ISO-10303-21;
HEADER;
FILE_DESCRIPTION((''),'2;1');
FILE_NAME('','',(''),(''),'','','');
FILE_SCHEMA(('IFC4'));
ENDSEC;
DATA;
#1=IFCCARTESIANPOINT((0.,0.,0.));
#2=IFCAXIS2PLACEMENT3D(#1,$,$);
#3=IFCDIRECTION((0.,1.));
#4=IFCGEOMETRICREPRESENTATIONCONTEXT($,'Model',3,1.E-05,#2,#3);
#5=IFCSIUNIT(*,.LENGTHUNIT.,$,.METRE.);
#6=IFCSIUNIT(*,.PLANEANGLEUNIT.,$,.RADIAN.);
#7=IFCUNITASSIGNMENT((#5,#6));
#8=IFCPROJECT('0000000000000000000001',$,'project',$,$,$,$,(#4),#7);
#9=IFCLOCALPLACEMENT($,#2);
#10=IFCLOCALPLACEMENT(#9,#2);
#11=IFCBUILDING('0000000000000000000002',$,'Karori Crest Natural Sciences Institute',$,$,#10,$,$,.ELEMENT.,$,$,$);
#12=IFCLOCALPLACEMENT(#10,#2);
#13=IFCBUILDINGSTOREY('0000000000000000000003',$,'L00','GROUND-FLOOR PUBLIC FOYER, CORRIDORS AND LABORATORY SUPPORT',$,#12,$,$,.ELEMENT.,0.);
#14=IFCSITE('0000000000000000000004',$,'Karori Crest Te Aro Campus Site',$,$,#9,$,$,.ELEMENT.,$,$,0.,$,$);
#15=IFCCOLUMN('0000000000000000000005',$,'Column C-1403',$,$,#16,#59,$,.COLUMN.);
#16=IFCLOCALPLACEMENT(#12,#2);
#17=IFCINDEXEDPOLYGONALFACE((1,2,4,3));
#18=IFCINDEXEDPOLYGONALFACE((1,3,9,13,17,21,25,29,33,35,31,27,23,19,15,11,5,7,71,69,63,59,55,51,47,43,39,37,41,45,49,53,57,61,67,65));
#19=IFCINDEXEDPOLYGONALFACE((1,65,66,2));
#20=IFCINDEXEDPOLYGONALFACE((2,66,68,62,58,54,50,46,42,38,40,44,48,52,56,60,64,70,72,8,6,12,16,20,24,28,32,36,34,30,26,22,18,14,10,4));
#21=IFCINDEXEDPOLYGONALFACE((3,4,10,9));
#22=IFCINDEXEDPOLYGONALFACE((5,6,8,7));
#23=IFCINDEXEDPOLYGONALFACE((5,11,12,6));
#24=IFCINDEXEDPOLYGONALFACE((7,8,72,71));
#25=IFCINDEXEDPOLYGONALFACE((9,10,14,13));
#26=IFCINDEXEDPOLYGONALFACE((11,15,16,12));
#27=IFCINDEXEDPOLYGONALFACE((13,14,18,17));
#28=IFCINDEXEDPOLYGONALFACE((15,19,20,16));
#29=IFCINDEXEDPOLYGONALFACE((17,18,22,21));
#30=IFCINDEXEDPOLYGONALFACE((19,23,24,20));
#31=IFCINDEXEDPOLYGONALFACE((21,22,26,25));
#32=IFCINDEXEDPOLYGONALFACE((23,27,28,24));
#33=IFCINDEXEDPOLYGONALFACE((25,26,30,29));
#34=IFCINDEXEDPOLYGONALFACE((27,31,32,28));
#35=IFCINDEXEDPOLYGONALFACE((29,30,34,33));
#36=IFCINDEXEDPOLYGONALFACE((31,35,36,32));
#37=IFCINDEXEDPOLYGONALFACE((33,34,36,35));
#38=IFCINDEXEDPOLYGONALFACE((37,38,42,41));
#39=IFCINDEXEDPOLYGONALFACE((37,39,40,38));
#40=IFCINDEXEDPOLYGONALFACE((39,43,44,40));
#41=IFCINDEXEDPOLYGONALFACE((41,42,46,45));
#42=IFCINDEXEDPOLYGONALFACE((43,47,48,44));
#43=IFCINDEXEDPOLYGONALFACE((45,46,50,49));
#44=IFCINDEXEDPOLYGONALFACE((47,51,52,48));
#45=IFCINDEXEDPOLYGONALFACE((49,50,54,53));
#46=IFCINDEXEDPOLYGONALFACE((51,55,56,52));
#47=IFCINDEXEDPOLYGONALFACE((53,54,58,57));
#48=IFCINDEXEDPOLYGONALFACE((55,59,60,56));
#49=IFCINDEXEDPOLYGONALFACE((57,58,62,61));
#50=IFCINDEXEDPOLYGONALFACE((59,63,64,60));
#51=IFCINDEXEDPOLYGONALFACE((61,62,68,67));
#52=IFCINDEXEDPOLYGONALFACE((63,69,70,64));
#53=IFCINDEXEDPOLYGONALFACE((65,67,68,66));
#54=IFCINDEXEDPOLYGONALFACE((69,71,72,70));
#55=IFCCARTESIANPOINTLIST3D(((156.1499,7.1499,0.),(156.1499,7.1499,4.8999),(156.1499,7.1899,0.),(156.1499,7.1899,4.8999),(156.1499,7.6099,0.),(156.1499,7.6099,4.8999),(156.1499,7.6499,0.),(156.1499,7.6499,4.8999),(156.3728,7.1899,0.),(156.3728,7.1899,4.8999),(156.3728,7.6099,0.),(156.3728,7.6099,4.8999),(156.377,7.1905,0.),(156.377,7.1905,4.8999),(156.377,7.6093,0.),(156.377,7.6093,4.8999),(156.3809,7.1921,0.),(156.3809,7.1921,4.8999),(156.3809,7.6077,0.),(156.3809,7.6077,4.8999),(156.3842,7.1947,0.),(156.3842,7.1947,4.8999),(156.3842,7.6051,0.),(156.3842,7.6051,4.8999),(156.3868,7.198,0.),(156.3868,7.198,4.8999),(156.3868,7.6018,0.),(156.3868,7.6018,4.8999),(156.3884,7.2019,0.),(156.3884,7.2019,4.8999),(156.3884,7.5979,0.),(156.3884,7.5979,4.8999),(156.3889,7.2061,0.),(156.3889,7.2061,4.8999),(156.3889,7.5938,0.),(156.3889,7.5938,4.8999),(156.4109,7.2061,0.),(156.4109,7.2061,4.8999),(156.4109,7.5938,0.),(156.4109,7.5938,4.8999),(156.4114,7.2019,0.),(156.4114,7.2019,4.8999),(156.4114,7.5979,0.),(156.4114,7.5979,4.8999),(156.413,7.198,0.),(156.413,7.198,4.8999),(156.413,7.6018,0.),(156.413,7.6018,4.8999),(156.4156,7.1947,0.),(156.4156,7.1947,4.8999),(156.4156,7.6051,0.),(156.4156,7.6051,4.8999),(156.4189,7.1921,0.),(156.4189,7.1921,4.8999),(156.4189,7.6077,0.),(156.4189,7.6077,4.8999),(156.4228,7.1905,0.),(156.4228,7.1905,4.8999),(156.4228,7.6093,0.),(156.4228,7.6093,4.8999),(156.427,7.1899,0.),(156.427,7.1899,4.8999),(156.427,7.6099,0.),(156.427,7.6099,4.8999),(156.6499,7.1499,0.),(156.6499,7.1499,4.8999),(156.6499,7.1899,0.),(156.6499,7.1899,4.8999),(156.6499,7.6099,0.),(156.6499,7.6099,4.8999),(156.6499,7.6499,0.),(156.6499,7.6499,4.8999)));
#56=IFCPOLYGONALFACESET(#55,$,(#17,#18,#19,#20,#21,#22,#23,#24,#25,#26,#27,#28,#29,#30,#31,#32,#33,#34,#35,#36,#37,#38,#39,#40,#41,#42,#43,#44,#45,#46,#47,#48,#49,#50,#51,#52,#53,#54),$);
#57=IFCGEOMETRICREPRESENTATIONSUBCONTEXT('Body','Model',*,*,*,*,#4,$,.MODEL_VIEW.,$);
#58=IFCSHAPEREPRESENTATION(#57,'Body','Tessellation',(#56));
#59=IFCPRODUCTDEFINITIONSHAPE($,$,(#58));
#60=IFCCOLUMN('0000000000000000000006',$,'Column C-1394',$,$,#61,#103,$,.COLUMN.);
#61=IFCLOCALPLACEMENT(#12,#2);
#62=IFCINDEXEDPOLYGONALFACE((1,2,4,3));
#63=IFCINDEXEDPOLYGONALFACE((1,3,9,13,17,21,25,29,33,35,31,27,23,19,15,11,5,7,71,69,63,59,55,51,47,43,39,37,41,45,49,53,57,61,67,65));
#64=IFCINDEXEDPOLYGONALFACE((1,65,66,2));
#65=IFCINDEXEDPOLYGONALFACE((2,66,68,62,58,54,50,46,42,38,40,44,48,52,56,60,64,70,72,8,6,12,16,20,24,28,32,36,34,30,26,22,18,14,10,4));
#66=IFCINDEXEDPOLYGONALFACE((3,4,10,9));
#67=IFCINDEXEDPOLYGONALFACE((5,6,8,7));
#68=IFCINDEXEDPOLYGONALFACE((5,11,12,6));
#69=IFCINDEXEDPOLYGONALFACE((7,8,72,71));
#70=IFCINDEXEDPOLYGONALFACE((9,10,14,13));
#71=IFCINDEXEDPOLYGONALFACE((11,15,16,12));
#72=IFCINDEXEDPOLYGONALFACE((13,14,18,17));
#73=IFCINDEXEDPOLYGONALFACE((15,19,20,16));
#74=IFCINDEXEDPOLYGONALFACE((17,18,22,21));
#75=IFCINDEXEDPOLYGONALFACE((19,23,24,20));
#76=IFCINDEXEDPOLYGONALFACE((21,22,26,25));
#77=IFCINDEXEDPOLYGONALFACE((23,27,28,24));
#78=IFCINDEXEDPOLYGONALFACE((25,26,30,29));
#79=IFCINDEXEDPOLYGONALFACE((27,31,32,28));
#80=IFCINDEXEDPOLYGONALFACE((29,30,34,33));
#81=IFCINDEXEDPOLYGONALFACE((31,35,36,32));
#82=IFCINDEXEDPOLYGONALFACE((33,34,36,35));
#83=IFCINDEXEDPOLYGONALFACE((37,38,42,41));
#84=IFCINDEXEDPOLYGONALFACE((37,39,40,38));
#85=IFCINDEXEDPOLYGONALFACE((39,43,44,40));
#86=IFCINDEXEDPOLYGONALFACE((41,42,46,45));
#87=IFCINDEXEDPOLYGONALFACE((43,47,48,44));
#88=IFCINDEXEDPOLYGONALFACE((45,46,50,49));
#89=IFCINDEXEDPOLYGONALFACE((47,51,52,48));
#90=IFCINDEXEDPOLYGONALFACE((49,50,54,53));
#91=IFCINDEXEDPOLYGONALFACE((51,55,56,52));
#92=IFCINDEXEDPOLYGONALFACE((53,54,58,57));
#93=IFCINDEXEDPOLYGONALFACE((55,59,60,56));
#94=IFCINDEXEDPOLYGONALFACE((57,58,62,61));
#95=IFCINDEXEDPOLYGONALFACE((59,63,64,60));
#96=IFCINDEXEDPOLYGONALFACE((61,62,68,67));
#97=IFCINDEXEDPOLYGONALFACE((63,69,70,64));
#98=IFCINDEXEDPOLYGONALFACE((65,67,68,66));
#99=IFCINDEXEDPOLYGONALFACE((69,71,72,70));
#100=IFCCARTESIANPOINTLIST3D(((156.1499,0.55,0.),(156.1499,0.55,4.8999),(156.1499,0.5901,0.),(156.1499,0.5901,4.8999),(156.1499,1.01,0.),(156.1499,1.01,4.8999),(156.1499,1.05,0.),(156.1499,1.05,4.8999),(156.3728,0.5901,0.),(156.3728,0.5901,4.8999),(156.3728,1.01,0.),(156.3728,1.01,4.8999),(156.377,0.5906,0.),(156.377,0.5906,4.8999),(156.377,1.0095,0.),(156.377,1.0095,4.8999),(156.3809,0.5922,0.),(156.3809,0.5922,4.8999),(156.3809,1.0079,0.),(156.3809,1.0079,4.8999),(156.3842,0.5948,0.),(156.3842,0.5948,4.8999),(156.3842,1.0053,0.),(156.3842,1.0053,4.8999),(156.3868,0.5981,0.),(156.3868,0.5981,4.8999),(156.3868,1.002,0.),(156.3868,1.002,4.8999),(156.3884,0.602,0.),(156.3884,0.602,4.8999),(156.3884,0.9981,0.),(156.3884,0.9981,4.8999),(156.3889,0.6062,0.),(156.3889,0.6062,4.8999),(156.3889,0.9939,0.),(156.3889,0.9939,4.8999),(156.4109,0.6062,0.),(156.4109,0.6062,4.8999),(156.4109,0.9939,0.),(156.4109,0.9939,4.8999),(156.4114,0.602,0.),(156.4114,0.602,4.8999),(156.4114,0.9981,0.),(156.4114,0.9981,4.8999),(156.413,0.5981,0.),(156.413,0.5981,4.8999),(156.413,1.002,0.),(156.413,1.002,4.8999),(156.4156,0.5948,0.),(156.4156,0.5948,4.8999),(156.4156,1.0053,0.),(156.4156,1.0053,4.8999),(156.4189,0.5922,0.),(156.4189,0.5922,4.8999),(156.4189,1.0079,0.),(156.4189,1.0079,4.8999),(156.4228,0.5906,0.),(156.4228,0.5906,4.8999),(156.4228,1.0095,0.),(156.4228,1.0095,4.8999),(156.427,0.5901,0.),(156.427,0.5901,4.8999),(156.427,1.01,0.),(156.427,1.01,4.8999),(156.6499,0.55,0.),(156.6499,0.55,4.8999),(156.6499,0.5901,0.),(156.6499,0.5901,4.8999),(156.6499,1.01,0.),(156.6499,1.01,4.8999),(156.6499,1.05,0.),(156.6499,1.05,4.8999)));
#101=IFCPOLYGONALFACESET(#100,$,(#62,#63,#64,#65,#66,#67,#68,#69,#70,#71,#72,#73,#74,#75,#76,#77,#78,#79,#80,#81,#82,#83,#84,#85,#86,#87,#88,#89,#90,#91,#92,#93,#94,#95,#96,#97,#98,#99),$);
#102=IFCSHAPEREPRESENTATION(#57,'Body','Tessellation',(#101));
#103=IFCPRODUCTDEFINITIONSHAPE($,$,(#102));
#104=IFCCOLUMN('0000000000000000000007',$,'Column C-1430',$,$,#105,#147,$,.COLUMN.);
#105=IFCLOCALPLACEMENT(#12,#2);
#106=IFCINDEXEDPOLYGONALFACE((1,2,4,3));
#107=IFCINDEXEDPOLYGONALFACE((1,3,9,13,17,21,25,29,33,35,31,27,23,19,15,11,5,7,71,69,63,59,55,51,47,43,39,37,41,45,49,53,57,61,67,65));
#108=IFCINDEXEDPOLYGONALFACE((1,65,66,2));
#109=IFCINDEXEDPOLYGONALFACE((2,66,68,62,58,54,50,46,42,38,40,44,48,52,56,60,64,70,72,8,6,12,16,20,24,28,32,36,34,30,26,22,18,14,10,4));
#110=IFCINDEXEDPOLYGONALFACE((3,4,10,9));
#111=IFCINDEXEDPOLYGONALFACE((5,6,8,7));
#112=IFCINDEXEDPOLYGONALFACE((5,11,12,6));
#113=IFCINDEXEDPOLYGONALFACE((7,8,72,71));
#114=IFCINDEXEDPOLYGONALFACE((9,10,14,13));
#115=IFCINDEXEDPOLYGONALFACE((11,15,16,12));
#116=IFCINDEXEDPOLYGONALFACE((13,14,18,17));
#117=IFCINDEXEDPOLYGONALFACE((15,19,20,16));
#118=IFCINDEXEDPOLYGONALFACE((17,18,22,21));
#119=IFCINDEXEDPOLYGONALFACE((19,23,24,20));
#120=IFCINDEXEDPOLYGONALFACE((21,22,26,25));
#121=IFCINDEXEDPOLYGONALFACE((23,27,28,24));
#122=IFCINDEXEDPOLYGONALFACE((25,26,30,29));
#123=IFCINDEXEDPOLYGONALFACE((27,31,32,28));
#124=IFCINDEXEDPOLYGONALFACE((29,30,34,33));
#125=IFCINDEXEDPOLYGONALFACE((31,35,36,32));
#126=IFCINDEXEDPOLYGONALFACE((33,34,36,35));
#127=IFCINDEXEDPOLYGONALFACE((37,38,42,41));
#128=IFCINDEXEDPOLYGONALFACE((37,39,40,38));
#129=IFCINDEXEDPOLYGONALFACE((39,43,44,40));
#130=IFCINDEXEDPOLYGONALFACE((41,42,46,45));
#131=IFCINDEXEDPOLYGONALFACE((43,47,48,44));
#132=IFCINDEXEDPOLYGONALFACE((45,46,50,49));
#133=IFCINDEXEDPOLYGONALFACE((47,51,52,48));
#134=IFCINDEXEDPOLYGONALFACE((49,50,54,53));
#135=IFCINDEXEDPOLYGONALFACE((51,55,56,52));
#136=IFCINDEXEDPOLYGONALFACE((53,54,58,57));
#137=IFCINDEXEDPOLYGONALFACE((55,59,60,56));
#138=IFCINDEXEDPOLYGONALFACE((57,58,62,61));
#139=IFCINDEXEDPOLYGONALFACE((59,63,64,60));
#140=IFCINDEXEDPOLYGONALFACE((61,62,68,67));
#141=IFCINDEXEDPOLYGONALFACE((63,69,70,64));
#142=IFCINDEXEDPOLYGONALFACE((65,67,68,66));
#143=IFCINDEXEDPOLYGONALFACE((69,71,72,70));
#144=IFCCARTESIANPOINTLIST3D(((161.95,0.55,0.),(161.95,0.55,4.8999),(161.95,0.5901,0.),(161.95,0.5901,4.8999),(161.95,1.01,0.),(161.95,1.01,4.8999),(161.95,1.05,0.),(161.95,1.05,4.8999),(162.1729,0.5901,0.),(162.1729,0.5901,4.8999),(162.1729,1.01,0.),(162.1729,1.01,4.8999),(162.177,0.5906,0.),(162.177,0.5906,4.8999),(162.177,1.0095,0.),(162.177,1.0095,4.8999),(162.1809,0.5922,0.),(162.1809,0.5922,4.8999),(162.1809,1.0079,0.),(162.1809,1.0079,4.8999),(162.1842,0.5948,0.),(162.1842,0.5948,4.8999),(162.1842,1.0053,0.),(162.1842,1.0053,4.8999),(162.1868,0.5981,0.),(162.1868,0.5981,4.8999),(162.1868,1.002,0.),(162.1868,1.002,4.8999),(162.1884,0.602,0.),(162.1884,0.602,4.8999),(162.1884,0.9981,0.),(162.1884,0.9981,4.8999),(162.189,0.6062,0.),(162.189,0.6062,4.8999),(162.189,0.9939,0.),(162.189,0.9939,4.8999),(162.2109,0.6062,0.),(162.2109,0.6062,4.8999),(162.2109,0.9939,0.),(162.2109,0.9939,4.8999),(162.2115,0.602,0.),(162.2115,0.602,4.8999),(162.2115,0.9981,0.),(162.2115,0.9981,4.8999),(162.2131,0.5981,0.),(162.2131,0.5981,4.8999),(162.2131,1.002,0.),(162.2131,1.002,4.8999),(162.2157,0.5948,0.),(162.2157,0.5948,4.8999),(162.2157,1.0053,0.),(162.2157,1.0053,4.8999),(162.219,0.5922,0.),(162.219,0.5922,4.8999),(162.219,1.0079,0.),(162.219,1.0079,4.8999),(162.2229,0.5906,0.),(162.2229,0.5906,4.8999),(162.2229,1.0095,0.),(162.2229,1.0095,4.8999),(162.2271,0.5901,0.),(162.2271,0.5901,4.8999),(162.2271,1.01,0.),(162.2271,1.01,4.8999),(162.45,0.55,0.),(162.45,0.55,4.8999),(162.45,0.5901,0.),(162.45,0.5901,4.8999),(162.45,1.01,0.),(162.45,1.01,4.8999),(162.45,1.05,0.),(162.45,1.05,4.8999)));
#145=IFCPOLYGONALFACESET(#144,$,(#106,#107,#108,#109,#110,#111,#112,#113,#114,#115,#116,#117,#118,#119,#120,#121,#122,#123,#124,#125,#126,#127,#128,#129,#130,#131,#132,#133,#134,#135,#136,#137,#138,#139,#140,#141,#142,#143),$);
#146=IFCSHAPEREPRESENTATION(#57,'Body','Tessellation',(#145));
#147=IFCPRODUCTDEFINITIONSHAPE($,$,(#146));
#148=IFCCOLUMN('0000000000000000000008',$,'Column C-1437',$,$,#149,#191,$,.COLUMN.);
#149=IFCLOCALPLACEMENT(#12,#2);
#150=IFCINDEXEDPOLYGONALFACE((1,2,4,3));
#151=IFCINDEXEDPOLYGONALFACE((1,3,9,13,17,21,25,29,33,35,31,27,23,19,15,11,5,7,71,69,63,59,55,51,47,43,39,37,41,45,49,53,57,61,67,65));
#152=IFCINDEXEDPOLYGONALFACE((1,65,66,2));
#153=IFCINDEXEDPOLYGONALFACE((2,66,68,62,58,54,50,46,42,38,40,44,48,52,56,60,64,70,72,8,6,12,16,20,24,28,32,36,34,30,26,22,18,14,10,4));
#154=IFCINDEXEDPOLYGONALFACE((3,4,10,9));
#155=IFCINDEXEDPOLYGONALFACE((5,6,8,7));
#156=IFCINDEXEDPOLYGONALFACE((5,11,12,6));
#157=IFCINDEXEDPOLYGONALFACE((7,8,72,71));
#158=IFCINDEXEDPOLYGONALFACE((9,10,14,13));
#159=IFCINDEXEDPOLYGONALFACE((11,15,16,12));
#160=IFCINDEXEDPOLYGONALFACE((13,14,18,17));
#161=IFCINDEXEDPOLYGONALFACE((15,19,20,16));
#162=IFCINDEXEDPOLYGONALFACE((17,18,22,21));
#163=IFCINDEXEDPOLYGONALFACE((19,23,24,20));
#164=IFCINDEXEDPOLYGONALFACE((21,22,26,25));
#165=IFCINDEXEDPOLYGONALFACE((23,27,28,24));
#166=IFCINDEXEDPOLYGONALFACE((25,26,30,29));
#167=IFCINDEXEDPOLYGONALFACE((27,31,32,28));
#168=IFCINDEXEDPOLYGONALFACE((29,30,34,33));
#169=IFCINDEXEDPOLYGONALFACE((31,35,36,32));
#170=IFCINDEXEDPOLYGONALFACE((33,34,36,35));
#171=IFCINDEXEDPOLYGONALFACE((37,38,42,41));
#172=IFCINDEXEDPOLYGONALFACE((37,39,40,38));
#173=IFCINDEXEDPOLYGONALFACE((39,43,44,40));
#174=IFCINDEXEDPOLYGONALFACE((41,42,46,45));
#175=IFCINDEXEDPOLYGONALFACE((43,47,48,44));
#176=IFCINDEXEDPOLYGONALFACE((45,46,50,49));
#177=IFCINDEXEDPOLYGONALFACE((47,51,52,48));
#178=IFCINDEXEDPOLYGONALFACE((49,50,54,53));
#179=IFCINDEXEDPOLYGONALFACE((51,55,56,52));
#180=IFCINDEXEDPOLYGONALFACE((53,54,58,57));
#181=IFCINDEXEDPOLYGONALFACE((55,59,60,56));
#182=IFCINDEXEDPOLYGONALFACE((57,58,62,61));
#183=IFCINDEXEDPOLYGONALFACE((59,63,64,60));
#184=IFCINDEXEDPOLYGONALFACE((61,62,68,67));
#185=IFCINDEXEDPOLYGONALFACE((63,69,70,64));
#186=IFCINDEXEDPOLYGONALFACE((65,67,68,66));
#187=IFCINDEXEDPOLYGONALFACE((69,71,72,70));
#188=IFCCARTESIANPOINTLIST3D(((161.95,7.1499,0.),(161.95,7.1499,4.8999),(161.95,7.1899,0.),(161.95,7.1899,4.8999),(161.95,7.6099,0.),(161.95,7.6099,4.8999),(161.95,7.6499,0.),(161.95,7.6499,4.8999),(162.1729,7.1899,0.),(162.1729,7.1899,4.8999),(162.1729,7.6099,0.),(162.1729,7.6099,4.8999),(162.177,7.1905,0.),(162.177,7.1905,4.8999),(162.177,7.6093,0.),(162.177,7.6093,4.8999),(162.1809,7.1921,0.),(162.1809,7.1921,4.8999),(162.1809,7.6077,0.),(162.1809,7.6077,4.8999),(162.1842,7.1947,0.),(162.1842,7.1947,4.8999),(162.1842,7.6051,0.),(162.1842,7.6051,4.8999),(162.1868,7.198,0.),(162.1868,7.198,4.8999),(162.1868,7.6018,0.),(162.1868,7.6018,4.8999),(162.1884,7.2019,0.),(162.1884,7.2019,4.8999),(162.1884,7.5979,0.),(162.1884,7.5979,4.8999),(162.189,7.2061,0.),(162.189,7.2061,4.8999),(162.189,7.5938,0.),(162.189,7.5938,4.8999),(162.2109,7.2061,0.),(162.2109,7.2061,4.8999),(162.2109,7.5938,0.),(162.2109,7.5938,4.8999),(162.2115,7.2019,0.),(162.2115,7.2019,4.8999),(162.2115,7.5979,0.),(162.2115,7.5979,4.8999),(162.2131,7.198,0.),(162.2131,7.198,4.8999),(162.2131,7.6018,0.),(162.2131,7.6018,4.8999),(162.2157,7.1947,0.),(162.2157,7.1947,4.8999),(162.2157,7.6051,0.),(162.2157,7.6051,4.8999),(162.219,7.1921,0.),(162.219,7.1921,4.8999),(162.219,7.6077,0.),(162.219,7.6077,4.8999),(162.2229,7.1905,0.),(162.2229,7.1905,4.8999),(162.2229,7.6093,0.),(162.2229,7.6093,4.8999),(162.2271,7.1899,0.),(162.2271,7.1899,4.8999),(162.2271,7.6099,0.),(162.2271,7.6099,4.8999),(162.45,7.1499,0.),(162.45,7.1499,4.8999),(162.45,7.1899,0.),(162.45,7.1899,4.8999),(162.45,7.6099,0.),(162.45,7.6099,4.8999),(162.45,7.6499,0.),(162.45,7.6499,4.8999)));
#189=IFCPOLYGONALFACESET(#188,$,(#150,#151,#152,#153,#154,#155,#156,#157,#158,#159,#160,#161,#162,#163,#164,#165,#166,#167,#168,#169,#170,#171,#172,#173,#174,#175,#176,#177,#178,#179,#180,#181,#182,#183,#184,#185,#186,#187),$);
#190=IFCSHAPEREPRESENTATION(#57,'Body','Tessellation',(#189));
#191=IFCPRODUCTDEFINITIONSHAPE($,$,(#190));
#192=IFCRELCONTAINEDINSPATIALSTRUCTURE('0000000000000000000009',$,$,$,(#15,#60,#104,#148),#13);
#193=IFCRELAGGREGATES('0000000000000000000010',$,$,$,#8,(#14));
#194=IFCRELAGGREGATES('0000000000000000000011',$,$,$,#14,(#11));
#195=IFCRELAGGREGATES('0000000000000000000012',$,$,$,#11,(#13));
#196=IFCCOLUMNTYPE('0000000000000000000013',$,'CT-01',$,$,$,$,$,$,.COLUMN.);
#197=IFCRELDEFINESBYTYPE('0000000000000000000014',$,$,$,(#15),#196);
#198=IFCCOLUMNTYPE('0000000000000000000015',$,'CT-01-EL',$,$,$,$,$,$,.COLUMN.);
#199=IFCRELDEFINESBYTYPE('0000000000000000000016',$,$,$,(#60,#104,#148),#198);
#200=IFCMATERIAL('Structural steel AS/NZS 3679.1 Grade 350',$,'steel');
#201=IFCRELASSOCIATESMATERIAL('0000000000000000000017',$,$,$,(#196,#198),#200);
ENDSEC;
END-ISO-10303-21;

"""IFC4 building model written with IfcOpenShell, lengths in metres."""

from ifc_helpers import new_model, si_unit, direction, frame, origin, origin_2d, place, context, subcontext, project, spatial, i_section, extrude, material, material_profile, profile_set, type_object, element, save


model = new_model("IFC4")

# Units and contexts
model_context = context("Model", 3, precision=1e-05, world=origin(), true_north=direction((0.0, 1.0)))
body_context = subcontext(model_context, "Body", "Model", "MODEL_VIEW")
ifc_project = project(units=[si_unit("LENGTHUNIT", "METRE"), si_unit("PLANEANGLEUNIT", "RADIAN")], contexts=[model_context])

# Site, building, storey
site_placement = place(None, origin())
site = spatial("IfcSite", under=ifc_project, at=site_placement, Name="Karori Crest Te Aro Campus Site", CompositionType="ELEMENT", RefElevation=0.0)
building_placement = place(site_placement, origin())
building = spatial("IfcBuilding", under=site, at=building_placement, Name="Karori Crest Natural Sciences Institute", CompositionType="ELEMENT")
storey_placement = place(building_placement, origin())
storey = spatial("IfcBuildingStorey", under=building, at=storey_placement, Name="L00", Description="GROUND-FLOOR PUBLIC FOYER, CORRIDORS AND LABORATORY SUPPORT", CompositionType="ELEMENT", Elevation=0.0)

# Columns
ifc_material_1 = material(Name="Structural steel AS/NZS 3679.1 Grade 350", Category="steel")
ifc_material_profile_1 = material_profile(ifc_material_1, i_section(OverallWidth=0.5, OverallDepth=0.5, WebThickness=0.022, FlangeThickness=0.04, FilletRadius=0.0161, at=origin_2d()), Name="500WC440")
ifc_profile_set_1 = profile_set([ifc_material_profile_1], Name="Structural steel AS/NZS 3679.1 Grade 350")
column_type_1 = type_object("IfcColumnType", Name="CT-01", PredefinedType="COLUMN", material=ifc_profile_set_1)
column_placement = place(storey_placement, frame((156.3999, 7.3999, 0.0), z_axis=(0.0, 0.0, 1.0), x_axis=(1.0, 0.0, 0.0)))
element("IfcColumn", 1, at=column_placement, inside=storey, type_object=column_type_1, Name="Column C-1403", PredefinedType="COLUMN", context=body_context, shape_type="SweptSolid", body=[
    extrude(i_section(OverallWidth=0.5, OverallDepth=0.5, WebThickness=0.022, FlangeThickness=0.04, FilletRadius=0.0161, at=origin_2d()), origin(), (0.0, 0.0, 1.0), 4.8999),
])
ifc_material_profile_2 = material_profile(ifc_material_1, i_section(OverallWidth=0.5, OverallDepth=0.5, WebThickness=0.022, FlangeThickness=0.04, FilletRadius=0.0161, at=origin_2d()), Name="500WC440")
ifc_profile_set_2 = profile_set([ifc_material_profile_2], Name="Structural steel AS/NZS 3679.1 Grade 350")
column_type_2 = type_object("IfcColumnType", Name="CT-01-EL", PredefinedType="COLUMN", material=ifc_profile_set_2)
for number, where, z_axis, x_axis, name in (
    (2, (156.3999, 0.8, 0.0), (0.0, 0.0, 1.0), (1.0, 0.0, 0.0), "Column C-1394"),
    (3, (162.2, 0.8, 0.0), (0.0, 0.0, 1.0), (1.0, 0.0, 0.0), "Column C-1430"),
    (4, (162.2, 7.3999, 0.0), (0.0, 0.0, 1.0), (1.0, 0.0, 0.0), "Column C-1437"),
):
    element("IfcColumn", number, at=place(storey_placement, frame(where, z_axis=z_axis, x_axis=x_axis)), inside=storey, type_object=column_type_2, Name=name, PredefinedType="COLUMN", context=body_context, shape_type="SweptSolid", body=[
        extrude(i_section(OverallWidth=0.5, OverallDepth=0.5, WebThickness=0.022, FlangeThickness=0.04, FilletRadius=0.0161, at=origin_2d()), origin(), (0.0, 0.0, 1.0), 4.8999),
    ])

save(model, "model.ifc")
